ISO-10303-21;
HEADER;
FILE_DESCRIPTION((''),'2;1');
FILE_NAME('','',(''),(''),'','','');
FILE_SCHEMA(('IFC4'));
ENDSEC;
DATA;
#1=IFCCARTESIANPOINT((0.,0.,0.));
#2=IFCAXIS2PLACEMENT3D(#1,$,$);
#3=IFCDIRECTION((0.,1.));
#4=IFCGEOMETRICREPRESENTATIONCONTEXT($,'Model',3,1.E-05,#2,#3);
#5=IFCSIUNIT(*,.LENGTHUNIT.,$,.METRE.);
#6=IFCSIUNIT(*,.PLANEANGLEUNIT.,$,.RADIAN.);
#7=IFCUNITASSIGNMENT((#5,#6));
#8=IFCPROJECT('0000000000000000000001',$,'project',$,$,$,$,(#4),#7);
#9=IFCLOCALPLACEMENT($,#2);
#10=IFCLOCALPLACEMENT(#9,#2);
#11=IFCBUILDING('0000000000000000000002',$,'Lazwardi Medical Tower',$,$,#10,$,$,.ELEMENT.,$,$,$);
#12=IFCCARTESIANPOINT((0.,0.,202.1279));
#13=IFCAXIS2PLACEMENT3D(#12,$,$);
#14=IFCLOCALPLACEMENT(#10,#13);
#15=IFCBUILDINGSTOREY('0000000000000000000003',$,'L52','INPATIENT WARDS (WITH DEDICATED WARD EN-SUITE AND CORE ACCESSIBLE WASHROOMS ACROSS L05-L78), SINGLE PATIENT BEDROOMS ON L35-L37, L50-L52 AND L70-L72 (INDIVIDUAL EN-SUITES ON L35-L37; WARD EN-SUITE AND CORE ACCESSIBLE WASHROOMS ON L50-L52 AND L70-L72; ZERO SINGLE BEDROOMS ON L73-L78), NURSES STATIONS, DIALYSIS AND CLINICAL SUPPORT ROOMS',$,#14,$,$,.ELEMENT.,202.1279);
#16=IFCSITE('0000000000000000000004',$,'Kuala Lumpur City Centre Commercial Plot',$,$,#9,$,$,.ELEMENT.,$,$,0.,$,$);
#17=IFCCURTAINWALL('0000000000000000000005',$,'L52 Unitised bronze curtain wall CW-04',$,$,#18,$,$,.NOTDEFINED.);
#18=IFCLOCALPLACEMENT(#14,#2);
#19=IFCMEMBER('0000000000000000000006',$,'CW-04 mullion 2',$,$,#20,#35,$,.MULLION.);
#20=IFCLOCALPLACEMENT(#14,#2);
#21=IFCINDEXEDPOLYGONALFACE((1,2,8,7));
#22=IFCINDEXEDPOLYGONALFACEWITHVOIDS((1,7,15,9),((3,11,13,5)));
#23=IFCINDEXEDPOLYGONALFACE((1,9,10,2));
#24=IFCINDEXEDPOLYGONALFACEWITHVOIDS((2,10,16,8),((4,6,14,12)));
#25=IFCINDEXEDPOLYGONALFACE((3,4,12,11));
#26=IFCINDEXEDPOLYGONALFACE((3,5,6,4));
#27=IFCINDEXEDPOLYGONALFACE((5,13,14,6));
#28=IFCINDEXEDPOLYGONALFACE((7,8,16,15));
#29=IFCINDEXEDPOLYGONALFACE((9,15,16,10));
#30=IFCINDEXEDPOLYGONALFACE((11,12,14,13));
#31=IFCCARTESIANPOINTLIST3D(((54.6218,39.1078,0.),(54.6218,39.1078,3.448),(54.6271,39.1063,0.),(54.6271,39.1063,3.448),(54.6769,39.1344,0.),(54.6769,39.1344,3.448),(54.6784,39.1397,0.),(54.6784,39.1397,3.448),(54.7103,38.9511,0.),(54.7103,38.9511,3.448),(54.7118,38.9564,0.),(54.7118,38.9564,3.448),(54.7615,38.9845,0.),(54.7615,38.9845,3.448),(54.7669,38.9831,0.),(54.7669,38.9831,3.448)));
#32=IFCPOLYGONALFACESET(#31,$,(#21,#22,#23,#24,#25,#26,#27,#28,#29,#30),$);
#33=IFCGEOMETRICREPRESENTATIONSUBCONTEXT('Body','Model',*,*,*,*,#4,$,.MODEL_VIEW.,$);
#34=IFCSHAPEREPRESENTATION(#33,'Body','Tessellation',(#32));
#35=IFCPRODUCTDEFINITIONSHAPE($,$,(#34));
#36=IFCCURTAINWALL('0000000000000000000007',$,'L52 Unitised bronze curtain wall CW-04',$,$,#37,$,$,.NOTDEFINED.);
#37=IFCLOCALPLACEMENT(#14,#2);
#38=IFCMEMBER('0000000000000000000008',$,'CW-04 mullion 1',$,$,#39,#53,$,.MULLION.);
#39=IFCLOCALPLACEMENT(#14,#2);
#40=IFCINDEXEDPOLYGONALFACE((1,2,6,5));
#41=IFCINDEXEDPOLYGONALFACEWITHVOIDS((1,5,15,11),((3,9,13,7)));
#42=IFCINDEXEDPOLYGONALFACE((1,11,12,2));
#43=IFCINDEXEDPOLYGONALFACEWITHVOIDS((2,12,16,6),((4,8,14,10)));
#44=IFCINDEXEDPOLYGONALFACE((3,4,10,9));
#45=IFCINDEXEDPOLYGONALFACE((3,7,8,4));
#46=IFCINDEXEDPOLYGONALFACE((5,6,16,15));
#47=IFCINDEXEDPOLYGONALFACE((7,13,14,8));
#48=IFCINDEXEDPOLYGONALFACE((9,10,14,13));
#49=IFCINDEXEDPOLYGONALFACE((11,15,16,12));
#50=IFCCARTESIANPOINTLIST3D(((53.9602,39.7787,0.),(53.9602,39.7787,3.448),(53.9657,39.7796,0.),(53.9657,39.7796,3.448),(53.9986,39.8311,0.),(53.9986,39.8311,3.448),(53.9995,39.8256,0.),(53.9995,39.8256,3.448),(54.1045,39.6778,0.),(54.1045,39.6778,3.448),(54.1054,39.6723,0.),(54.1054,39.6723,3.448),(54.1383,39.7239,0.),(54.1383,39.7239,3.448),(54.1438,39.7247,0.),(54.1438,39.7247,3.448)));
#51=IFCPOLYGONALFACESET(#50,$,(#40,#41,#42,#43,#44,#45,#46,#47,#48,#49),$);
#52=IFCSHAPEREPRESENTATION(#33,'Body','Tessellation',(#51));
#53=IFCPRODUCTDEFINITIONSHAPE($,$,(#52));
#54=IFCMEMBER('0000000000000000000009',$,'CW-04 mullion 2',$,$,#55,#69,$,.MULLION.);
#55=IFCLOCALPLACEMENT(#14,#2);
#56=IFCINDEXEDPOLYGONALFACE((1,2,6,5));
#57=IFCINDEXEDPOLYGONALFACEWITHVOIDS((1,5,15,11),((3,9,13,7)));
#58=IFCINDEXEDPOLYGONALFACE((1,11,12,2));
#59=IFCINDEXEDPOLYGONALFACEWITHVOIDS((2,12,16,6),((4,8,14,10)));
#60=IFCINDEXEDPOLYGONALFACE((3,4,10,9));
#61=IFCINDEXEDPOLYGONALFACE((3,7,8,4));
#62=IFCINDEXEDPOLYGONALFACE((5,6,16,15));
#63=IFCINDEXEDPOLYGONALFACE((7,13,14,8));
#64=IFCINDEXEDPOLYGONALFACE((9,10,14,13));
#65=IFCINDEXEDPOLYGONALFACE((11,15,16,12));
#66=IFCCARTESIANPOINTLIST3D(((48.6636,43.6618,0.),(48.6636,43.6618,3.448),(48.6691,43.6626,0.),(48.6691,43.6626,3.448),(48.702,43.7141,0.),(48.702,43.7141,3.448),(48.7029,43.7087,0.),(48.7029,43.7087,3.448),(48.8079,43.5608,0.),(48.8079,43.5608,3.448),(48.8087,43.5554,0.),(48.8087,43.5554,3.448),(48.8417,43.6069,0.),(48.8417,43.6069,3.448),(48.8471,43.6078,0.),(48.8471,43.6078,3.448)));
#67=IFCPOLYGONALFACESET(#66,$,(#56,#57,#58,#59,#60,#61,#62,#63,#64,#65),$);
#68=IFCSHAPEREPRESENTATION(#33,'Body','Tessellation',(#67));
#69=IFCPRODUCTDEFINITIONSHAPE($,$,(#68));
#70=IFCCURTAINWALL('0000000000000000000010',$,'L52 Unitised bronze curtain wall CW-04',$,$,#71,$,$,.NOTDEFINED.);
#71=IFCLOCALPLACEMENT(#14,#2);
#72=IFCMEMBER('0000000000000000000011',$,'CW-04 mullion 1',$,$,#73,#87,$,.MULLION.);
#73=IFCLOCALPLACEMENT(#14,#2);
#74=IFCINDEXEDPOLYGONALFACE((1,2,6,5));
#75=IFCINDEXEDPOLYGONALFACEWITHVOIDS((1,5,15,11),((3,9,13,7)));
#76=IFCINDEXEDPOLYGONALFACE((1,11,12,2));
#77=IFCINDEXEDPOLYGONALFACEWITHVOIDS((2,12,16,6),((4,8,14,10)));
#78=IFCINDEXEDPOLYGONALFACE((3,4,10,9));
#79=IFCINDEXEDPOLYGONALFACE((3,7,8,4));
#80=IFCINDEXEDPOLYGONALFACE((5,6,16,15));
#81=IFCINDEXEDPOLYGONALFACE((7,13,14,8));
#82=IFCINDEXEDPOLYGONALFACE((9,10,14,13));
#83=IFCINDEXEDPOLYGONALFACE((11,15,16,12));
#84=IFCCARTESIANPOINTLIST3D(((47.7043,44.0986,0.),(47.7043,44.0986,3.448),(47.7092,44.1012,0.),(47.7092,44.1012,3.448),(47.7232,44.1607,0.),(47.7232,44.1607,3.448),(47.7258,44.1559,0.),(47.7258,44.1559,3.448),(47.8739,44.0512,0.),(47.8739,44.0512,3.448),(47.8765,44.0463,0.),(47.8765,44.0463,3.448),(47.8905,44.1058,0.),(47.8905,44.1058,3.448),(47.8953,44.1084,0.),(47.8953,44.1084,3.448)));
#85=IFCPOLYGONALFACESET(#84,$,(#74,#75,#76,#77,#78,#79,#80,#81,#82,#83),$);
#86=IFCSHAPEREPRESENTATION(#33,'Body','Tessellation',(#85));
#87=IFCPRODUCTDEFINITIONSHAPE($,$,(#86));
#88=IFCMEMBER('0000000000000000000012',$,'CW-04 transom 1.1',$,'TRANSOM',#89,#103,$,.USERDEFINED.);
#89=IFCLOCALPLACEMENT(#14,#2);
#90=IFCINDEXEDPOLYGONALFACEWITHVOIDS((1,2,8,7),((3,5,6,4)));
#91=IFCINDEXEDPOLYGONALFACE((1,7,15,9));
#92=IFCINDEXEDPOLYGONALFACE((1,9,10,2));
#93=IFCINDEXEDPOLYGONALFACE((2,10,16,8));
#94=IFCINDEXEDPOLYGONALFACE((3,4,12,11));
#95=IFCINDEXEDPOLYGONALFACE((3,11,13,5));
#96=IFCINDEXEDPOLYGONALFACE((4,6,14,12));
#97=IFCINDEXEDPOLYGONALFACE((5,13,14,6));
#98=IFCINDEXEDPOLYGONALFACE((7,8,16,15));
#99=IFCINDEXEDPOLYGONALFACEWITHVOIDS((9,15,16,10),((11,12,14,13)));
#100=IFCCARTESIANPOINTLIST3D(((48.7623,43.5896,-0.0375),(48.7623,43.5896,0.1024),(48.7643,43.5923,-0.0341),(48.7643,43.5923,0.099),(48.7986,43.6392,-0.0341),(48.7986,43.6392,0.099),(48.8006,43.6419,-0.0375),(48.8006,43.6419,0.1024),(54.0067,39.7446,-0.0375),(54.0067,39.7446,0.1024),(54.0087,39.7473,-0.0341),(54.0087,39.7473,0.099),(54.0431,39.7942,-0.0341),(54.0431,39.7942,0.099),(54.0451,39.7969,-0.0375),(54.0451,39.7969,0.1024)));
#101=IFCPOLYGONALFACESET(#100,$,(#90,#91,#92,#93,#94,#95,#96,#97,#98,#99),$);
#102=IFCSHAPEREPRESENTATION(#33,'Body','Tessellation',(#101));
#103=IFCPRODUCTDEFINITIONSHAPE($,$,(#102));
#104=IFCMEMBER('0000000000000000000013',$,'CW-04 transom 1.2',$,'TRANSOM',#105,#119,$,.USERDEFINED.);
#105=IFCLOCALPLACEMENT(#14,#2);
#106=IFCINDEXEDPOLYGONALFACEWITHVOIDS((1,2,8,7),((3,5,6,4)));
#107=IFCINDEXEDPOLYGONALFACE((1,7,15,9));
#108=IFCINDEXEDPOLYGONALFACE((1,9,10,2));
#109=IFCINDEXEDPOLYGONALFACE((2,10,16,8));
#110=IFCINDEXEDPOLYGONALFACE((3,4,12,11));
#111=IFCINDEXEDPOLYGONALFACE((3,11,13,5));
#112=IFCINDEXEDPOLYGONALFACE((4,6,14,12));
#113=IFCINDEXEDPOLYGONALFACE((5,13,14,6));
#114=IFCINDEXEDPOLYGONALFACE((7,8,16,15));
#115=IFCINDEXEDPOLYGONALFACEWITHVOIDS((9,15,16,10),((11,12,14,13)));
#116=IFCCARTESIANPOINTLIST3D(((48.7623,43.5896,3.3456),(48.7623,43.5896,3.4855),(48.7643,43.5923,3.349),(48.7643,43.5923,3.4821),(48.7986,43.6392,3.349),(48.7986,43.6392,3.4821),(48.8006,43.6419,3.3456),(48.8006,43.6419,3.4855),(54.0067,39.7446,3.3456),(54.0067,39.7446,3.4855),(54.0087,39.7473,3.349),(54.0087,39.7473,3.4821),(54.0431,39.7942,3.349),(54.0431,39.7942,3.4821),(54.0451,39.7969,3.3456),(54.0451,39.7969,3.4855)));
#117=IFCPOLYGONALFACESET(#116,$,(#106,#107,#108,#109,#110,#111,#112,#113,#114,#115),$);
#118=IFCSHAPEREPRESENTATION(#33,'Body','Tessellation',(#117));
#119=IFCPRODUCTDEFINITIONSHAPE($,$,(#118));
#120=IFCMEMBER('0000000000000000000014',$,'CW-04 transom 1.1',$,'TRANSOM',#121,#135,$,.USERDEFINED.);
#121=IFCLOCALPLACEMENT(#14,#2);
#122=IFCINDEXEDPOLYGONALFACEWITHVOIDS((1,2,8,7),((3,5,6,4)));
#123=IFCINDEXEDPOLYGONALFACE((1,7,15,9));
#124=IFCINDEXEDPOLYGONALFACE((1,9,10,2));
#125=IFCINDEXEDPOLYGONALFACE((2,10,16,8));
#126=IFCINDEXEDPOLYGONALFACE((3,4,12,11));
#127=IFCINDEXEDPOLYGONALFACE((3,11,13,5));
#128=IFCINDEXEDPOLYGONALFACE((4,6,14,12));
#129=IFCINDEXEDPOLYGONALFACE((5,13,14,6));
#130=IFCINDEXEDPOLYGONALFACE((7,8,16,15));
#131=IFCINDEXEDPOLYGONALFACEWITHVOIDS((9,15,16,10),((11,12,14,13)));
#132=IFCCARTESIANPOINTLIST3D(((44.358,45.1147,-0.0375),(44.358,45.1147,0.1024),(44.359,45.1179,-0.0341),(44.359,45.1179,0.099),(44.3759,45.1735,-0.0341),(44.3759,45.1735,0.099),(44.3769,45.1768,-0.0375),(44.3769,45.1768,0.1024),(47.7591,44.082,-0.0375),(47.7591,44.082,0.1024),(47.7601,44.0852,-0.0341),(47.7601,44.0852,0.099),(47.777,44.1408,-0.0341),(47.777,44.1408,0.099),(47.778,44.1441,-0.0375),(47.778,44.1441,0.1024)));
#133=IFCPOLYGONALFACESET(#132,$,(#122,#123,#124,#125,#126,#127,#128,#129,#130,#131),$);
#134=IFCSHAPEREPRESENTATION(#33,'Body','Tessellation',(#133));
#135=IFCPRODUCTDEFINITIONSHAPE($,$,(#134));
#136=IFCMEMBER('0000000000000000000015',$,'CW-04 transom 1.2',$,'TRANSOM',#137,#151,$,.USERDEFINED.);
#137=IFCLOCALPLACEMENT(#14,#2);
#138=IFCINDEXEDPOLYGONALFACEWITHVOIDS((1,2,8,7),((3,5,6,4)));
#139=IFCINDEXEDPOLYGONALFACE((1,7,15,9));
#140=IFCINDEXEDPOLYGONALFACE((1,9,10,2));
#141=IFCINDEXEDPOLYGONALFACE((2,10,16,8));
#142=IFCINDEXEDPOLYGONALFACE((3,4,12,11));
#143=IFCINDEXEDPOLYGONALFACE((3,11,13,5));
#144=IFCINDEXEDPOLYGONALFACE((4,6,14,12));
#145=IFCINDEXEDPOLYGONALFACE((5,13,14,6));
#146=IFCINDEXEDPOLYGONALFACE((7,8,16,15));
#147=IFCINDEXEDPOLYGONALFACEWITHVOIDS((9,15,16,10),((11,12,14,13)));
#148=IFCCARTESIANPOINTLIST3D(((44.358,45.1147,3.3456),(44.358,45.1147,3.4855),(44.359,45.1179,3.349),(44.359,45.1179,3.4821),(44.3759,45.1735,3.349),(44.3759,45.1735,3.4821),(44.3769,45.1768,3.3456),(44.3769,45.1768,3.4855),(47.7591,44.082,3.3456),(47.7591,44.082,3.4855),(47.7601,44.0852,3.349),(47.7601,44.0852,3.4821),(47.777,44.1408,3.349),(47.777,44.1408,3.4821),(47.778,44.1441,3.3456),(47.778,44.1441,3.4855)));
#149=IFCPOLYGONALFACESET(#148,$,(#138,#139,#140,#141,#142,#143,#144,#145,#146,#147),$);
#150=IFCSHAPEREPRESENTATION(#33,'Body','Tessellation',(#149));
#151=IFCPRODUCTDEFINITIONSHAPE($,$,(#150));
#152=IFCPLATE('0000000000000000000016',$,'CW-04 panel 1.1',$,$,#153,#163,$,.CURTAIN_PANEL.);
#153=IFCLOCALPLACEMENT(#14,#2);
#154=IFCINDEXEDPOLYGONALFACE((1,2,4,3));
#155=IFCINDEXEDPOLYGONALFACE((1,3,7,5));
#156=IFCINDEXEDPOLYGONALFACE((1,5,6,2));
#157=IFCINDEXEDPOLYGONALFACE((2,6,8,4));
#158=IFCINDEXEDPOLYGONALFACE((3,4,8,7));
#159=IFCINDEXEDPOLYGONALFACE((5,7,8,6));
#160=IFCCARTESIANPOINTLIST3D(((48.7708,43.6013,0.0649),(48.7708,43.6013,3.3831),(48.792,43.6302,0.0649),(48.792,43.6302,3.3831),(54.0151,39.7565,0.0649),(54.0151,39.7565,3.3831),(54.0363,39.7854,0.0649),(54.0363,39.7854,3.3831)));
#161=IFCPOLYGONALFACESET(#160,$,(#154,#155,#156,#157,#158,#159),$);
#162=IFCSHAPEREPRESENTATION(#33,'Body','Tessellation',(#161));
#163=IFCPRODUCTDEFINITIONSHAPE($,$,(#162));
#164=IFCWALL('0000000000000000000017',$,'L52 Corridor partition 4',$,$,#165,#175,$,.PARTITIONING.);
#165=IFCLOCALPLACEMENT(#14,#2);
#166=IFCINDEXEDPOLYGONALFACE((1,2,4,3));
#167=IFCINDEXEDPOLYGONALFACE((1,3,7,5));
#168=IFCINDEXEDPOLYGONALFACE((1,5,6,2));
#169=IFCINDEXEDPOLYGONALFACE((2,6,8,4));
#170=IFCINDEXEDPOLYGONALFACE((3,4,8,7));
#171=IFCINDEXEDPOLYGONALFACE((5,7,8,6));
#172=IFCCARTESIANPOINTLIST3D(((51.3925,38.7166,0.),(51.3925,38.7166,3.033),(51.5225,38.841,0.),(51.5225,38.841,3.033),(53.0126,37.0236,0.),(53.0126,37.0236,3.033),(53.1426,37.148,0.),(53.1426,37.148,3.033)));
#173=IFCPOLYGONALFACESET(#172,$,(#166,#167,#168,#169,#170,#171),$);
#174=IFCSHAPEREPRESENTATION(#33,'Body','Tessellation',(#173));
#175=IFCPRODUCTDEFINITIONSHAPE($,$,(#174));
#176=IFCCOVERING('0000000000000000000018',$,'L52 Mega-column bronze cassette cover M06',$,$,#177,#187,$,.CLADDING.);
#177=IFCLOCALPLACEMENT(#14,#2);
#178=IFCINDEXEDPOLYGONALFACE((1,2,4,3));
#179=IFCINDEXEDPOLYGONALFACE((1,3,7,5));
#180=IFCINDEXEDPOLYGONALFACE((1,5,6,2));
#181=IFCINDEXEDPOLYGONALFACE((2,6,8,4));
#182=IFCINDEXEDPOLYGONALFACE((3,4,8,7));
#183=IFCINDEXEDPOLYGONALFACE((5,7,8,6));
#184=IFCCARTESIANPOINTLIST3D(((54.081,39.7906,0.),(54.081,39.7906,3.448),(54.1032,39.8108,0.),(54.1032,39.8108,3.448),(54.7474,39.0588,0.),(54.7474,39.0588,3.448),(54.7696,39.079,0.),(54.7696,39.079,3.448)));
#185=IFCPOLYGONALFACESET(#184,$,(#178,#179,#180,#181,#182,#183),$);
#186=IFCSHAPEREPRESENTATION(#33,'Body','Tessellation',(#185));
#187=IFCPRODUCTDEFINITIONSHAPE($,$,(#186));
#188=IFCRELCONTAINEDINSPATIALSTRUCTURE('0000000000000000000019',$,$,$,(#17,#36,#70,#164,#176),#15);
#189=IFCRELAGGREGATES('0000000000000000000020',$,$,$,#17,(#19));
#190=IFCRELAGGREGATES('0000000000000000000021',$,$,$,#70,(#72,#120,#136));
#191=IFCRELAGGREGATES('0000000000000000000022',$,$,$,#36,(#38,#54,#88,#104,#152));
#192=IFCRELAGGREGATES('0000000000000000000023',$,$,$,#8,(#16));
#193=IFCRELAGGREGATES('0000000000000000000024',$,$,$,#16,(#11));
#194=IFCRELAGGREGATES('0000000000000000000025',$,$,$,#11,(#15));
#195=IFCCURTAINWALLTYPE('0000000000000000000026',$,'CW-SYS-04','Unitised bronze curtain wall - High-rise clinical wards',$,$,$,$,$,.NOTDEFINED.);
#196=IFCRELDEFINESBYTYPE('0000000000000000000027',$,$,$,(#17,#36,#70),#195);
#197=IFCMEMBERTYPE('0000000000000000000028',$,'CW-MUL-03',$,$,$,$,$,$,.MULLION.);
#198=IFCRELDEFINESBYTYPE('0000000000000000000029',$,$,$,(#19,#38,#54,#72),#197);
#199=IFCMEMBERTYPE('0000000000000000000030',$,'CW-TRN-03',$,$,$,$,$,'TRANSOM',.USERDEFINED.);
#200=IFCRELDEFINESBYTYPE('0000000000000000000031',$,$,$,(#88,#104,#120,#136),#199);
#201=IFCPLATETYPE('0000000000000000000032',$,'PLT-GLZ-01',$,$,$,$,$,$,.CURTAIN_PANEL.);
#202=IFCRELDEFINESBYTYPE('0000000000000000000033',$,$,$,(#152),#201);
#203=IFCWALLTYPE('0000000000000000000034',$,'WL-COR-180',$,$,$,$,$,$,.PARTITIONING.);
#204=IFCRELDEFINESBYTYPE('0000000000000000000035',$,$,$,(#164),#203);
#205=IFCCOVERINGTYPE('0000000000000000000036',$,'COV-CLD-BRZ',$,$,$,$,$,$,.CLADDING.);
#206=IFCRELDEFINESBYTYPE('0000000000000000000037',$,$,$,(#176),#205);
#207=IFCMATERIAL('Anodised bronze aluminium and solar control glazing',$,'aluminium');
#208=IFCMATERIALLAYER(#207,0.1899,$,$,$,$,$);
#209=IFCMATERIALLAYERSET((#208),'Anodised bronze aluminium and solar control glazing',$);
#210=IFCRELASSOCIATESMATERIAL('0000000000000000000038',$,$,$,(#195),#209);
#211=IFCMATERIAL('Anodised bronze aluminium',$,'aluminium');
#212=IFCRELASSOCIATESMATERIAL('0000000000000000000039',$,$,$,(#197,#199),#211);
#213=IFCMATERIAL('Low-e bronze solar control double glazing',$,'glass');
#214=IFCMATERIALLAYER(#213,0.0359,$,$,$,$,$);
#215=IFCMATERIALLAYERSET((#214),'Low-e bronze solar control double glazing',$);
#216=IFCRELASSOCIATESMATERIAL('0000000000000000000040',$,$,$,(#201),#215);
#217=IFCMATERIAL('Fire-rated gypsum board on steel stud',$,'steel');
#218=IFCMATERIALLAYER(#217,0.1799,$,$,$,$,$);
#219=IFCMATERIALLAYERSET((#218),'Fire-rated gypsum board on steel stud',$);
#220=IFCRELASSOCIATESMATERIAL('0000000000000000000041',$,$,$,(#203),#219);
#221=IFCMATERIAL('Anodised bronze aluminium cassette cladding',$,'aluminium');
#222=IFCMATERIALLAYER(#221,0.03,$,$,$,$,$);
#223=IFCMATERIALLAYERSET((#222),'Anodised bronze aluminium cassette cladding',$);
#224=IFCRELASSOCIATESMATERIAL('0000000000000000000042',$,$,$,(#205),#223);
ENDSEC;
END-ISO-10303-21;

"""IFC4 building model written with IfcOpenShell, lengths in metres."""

from ifc_helpers import new_model, si_unit, direction, frame, frame_2d, origin, origin_2d, place, context, subcontext, project, spatial, rectangle, hollow_rectangle, extrude, material, layer, layer_set, material_profile, profile_set, type_object, element, aggregate, save


model = new_model("IFC4")

# Units and contexts
model_context = context("Model", 3, precision=1e-05, world=origin(), true_north=direction((0.0, 1.0)))
body_context = subcontext(model_context, "Body", "Model", "MODEL_VIEW")
ifc_project = project(units=[si_unit("LENGTHUNIT", "METRE"), si_unit("PLANEANGLEUNIT", "RADIAN")], contexts=[model_context])

# Site, building, storey
site_placement = place(None, origin())
site = spatial("IfcSite", under=ifc_project, at=site_placement, Name="Kuala Lumpur City Centre Commercial Plot", CompositionType="ELEMENT", RefElevation=0.0)
building_placement = place(site_placement, origin())
building = spatial("IfcBuilding", under=site, at=building_placement, Name="Lazwardi Medical Tower", CompositionType="ELEMENT")
storey_placement = place(building_placement, frame((0.0, 0.0, 202.1279)))
storey = spatial("IfcBuildingStorey", under=building, at=storey_placement, Name="L52", Description="INPATIENT WARDS (WITH DEDICATED WARD EN-SUITE AND CORE ACCESSIBLE WASHROOMS ACROSS L05-L78), SINGLE PATIENT BEDROOMS ON L35-L37, L50-L52 AND L70-L72 (INDIVIDUAL EN-SUITES ON L35-L37; WARD EN-SUITE AND CORE ACCESSIBLE WASHROOMS ON L50-L52 AND L70-L72; ZERO SINGLE BEDROOMS ON L73-L78), NURSES STATIONS, DIALYSIS AND CLINICAL SUPPORT ROOMS", CompositionType="ELEMENT", Elevation=202.1279)

# Curtain wall, member
ifc_material_1 = material(Name="Anodised bronze aluminium and solar control glazing", Category="aluminium")
ifc_layer_1 = layer(ifc_material_1, 0.1899)
ifc_layer_set_1 = layer_set([ifc_layer_1], Name="Anodised bronze aluminium and solar control glazing")
curtain_wall_type = type_object("IfcCurtainWallType", Name="CW-SYS-04", Description="Unitised bronze curtain wall - High-rise clinical wards", PredefinedType="NOTDEFINED", material=ifc_layer_set_1)
curtain_wall_1_placement = place(storey_placement, origin())
curtain_wall_1 = element("IfcCurtainWall", 1, at=curtain_wall_1_placement, inside=storey, type_object=curtain_wall_type, Name="L52 Unitised bronze curtain wall CW-04", PredefinedType="NOTDEFINED")
ifc_material_2 = material(Name="Anodised bronze aluminium", Category="aluminium")
ifc_material_profile_1 = material_profile(ifc_material_2, hollow_rectangle(XDim=0.0649, YDim=0.1799, WallThickness=0.0039, at=origin_2d()), Name="ALU-MULLION 180x65x4")
ifc_profile_set_1 = profile_set([ifc_material_profile_1], Name="Anodised bronze aluminium")
member_type_1 = type_object("IfcMemberType", Name="CW-MUL-03", PredefinedType="MULLION", material=ifc_profile_set_1)
member_1_placement = place(storey_placement, frame((54.6943, 39.0454, 0.0), z_axis=(0.0, 0.0, 1.0), x_axis=(-0.870651, -0.4919, 0.0)))
member_1 = element("IfcMember", 2, at=member_1_placement, type_object=member_type_1, Name="CW-04 mullion 2", PredefinedType="MULLION", context=body_context, shape_type="SweptSolid", body=[
    extrude(hollow_rectangle(XDim=0.0649, YDim=0.1799, WallThickness=0.0039, at=origin_2d()), origin(), (0.0, 0.0, 1.0), 3.448),
])
aggregate(curtain_wall_1, [member_1])

# Curtain wall, members
curtain_wall_2_placement = place(storey_placement, origin())
curtain_wall_2 = element("IfcCurtainWall", 3, at=curtain_wall_2_placement, inside=storey, type_object=curtain_wall_type, Name="L52 Unitised bronze curtain wall CW-04", PredefinedType="NOTDEFINED")
member_2_placement = place(storey_placement, frame((54.052, 39.7517, 0.0), z_axis=(0.0, 0.0, 1.0), x_axis=(-0.591268, -0.806475, 0.0)))
member_2 = element("IfcMember", 4, at=member_2_placement, type_object=member_type_1, Name="CW-04 mullion 1", PredefinedType="MULLION", context=body_context, shape_type="SweptSolid", body=[
    extrude(hollow_rectangle(XDim=0.0649, YDim=0.1799, WallThickness=0.0039, at=origin_2d()), origin(), (0.0, 0.0, 1.0), 3.448),
])
member_3_placement = place(storey_placement, frame((48.7554, 43.6348, 0.0), z_axis=(0.0, 0.0, 1.0), x_axis=(-0.591268, -0.806475, 0.0)))
member_3 = element("IfcMember", 5, at=member_3_placement, type_object=member_type_1, Name="CW-04 mullion 2", PredefinedType="MULLION", context=body_context, shape_type="SweptSolid", body=[
    extrude(hollow_rectangle(XDim=0.0649, YDim=0.1799, WallThickness=0.0039, at=origin_2d()), origin(), (0.0, 0.0, 1.0), 3.448),
])

# Curtain wall, member
curtain_wall_3_placement = place(storey_placement, origin())
curtain_wall_3 = element("IfcCurtainWall", 6, at=curtain_wall_3_placement, inside=storey, type_object=curtain_wall_type, Name="L52 Unitised bronze curtain wall CW-04", PredefinedType="NOTDEFINED")
member_4_placement = place(storey_placement, frame((47.7998, 44.1035, 0.0), z_axis=(0.0, 0.0, 1.0), x_axis=(-0.290582, -0.95685, 0.0)))
member_4 = element("IfcMember", 7, at=member_4_placement, type_object=member_type_1, Name="CW-04 mullion 1", PredefinedType="MULLION", context=body_context, shape_type="SweptSolid", body=[
    extrude(hollow_rectangle(XDim=0.0649, YDim=0.1799, WallThickness=0.0039, at=origin_2d()), origin(), (0.0, 0.0, 1.0), 3.448),
])

# Members
ifc_material_profile_2 = material_profile(ifc_material_2, hollow_rectangle(XDim=0.0649, YDim=0.1399, WallThickness=0.0034, at=origin_2d()), Name="ALU-TRANSOM 140x65x3.5")
ifc_profile_set_2 = profile_set([ifc_material_profile_2], Name="Anodised bronze aluminium")
member_type_2 = type_object("IfcMemberType", Name="CW-TRN-03", ElementType="TRANSOM", PredefinedType="USERDEFINED", material=ifc_profile_set_2)
member_5_placement = place(storey_placement, frame((54.0259, 39.7708, 0.0325), z_axis=(-0.806472, 0.591273, 0.0), x_axis=(-0.591273, -0.806472, 0.0)))
member_5 = element("IfcMember", 8, at=member_5_placement, type_object=member_type_2, Name="CW-04 transom 1.1", ObjectType="TRANSOM", PredefinedType="USERDEFINED", context=body_context, shape_type="SweptSolid", body=[
    extrude(hollow_rectangle(XDim=0.0649, YDim=0.1399, WallThickness=0.0034, at=origin_2d()), origin(), (0.0, 0.0, 1.0), 6.5029),
])
member_6_placement = place(storey_placement, frame((54.0259, 39.7708, 3.4155), z_axis=(-0.806472, 0.591273, 0.0), x_axis=(-0.591273, -0.806472, 0.0)))
member_6 = element("IfcMember", 9, at=member_6_placement, type_object=member_type_2, Name="CW-04 transom 1.2", ObjectType="TRANSOM", PredefinedType="USERDEFINED", context=body_context, shape_type="SweptSolid", body=[
    extrude(hollow_rectangle(XDim=0.0649, YDim=0.1399, WallThickness=0.0034, at=origin_2d()), origin(), (0.0, 0.0, 1.0), 6.5029),
])
member_7_placement = place(storey_placement, frame((47.7686, 44.113, 0.0325), z_axis=(-0.956863, 0.290541, 0.0), x_axis=(-0.290541, -0.956863, 0.0)))
member_7 = element("IfcMember", 10, at=member_7_placement, type_object=member_type_2, Name="CW-04 transom 1.1", ObjectType="TRANSOM", PredefinedType="USERDEFINED", context=body_context, shape_type="SweptSolid", body=[
    extrude(hollow_rectangle(XDim=0.0649, YDim=0.1399, WallThickness=0.0034, at=origin_2d()), origin(), (0.0, 0.0, 1.0), 3.5544),
])
member_8_placement = place(storey_placement, frame((47.7686, 44.113, 3.4155), z_axis=(-0.956863, 0.290541, 0.0), x_axis=(-0.290541, -0.956863, 0.0)))
member_8 = element("IfcMember", 11, at=member_8_placement, type_object=member_type_2, Name="CW-04 transom 1.2", ObjectType="TRANSOM", PredefinedType="USERDEFINED", context=body_context, shape_type="SweptSolid", body=[
    extrude(hollow_rectangle(XDim=0.0649, YDim=0.1399, WallThickness=0.0034, at=origin_2d()), origin(), (0.0, 0.0, 1.0), 3.5544),
])
aggregate(curtain_wall_3, [member_4, member_7, member_8])

# Plate
ifc_material_3 = material(Name="Low-e bronze solar control double glazing", Category="glass")
ifc_layer_2 = layer(ifc_material_3, 0.0359)
ifc_layer_set_2 = layer_set([ifc_layer_2], Name="Low-e bronze solar control double glazing")
plate_type = type_object("IfcPlateType", Name="PLT-GLZ-01", PredefinedType="CURTAIN_PANEL", material=ifc_layer_set_2)
plate_placement = place(storey_placement, frame((51.4036, 41.6934, 0.0649), z_axis=(0.0, 0.0, 1.0), x_axis=(-0.806475, 0.591268, 0.0)))
plate = element("IfcPlate", 12, at=plate_placement, type_object=plate_type, Name="CW-04 panel 1.1", PredefinedType="CURTAIN_PANEL", context=body_context, shape_type="SweptSolid", body=[
    extrude(rectangle(XDim=6.5027, YDim=0.0359, at=origin_2d()), origin(), (0.0, 0.0, 1.0), 3.3181),
])
aggregate(curtain_wall_2, [member_2, member_3, member_5, member_6, plate])

# Wall
ifc_material_4 = material(Name="Fire-rated gypsum board on steel stud", Category="steel")
ifc_layer_3 = layer(ifc_material_4, 0.1799)
ifc_layer_set_3 = layer_set([ifc_layer_3], Name="Fire-rated gypsum board on steel stud")
wall_type = type_object("IfcWallType", Name="WL-COR-180", PredefinedType="PARTITIONING", material=ifc_layer_set_3)
wall_placement = place(storey_placement, frame((51.4575, 38.7788, 0.0), z_axis=(0.0, 0.0, 1.0), x_axis=(0.69136, -0.722511, 0.0)))
element("IfcWall", 13, at=wall_placement, inside=storey, type_object=wall_type, Name="L52 Corridor partition 4", PredefinedType="PARTITIONING", context=body_context, shape_type="SweptSolid", body=[
    extrude(rectangle(XDim=2.3433, YDim=0.1799, at=frame_2d((1.1716, 0.0))), origin(), (0.0, 0.0, 1.0), 3.033),
])

# Covering
ifc_material_5 = material(Name="Anodised bronze aluminium cassette cladding", Category="aluminium")
ifc_layer_4 = layer(ifc_material_5, 0.03)
ifc_layer_set_4 = layer_set([ifc_layer_4], Name="Anodised bronze aluminium cassette cladding")
covering_type = type_object("IfcCoveringType", Name="COV-CLD-BRZ", PredefinedType="CLADDING", material=ifc_layer_set_4)
covering_1_placement = place(storey_placement, frame((54.4253, 39.4348, 0.0), z_axis=(0.0, 0.0, 1.0), x_axis=(-0.673241, 0.739423, 0.0)))
element("IfcCovering", 14, at=covering_1_placement, inside=storey, type_object=covering_type, Name="L52 Mega-column bronze cassette cover M06", PredefinedType="CLADDING", context=body_context, shape_type="SweptSolid", body=[
    extrude(rectangle(XDim=0.9897, YDim=0.03, at=origin_2d()), origin(), (0.0, 0.0, 1.0), 3.448),
])

save(model, "model.ifc")
